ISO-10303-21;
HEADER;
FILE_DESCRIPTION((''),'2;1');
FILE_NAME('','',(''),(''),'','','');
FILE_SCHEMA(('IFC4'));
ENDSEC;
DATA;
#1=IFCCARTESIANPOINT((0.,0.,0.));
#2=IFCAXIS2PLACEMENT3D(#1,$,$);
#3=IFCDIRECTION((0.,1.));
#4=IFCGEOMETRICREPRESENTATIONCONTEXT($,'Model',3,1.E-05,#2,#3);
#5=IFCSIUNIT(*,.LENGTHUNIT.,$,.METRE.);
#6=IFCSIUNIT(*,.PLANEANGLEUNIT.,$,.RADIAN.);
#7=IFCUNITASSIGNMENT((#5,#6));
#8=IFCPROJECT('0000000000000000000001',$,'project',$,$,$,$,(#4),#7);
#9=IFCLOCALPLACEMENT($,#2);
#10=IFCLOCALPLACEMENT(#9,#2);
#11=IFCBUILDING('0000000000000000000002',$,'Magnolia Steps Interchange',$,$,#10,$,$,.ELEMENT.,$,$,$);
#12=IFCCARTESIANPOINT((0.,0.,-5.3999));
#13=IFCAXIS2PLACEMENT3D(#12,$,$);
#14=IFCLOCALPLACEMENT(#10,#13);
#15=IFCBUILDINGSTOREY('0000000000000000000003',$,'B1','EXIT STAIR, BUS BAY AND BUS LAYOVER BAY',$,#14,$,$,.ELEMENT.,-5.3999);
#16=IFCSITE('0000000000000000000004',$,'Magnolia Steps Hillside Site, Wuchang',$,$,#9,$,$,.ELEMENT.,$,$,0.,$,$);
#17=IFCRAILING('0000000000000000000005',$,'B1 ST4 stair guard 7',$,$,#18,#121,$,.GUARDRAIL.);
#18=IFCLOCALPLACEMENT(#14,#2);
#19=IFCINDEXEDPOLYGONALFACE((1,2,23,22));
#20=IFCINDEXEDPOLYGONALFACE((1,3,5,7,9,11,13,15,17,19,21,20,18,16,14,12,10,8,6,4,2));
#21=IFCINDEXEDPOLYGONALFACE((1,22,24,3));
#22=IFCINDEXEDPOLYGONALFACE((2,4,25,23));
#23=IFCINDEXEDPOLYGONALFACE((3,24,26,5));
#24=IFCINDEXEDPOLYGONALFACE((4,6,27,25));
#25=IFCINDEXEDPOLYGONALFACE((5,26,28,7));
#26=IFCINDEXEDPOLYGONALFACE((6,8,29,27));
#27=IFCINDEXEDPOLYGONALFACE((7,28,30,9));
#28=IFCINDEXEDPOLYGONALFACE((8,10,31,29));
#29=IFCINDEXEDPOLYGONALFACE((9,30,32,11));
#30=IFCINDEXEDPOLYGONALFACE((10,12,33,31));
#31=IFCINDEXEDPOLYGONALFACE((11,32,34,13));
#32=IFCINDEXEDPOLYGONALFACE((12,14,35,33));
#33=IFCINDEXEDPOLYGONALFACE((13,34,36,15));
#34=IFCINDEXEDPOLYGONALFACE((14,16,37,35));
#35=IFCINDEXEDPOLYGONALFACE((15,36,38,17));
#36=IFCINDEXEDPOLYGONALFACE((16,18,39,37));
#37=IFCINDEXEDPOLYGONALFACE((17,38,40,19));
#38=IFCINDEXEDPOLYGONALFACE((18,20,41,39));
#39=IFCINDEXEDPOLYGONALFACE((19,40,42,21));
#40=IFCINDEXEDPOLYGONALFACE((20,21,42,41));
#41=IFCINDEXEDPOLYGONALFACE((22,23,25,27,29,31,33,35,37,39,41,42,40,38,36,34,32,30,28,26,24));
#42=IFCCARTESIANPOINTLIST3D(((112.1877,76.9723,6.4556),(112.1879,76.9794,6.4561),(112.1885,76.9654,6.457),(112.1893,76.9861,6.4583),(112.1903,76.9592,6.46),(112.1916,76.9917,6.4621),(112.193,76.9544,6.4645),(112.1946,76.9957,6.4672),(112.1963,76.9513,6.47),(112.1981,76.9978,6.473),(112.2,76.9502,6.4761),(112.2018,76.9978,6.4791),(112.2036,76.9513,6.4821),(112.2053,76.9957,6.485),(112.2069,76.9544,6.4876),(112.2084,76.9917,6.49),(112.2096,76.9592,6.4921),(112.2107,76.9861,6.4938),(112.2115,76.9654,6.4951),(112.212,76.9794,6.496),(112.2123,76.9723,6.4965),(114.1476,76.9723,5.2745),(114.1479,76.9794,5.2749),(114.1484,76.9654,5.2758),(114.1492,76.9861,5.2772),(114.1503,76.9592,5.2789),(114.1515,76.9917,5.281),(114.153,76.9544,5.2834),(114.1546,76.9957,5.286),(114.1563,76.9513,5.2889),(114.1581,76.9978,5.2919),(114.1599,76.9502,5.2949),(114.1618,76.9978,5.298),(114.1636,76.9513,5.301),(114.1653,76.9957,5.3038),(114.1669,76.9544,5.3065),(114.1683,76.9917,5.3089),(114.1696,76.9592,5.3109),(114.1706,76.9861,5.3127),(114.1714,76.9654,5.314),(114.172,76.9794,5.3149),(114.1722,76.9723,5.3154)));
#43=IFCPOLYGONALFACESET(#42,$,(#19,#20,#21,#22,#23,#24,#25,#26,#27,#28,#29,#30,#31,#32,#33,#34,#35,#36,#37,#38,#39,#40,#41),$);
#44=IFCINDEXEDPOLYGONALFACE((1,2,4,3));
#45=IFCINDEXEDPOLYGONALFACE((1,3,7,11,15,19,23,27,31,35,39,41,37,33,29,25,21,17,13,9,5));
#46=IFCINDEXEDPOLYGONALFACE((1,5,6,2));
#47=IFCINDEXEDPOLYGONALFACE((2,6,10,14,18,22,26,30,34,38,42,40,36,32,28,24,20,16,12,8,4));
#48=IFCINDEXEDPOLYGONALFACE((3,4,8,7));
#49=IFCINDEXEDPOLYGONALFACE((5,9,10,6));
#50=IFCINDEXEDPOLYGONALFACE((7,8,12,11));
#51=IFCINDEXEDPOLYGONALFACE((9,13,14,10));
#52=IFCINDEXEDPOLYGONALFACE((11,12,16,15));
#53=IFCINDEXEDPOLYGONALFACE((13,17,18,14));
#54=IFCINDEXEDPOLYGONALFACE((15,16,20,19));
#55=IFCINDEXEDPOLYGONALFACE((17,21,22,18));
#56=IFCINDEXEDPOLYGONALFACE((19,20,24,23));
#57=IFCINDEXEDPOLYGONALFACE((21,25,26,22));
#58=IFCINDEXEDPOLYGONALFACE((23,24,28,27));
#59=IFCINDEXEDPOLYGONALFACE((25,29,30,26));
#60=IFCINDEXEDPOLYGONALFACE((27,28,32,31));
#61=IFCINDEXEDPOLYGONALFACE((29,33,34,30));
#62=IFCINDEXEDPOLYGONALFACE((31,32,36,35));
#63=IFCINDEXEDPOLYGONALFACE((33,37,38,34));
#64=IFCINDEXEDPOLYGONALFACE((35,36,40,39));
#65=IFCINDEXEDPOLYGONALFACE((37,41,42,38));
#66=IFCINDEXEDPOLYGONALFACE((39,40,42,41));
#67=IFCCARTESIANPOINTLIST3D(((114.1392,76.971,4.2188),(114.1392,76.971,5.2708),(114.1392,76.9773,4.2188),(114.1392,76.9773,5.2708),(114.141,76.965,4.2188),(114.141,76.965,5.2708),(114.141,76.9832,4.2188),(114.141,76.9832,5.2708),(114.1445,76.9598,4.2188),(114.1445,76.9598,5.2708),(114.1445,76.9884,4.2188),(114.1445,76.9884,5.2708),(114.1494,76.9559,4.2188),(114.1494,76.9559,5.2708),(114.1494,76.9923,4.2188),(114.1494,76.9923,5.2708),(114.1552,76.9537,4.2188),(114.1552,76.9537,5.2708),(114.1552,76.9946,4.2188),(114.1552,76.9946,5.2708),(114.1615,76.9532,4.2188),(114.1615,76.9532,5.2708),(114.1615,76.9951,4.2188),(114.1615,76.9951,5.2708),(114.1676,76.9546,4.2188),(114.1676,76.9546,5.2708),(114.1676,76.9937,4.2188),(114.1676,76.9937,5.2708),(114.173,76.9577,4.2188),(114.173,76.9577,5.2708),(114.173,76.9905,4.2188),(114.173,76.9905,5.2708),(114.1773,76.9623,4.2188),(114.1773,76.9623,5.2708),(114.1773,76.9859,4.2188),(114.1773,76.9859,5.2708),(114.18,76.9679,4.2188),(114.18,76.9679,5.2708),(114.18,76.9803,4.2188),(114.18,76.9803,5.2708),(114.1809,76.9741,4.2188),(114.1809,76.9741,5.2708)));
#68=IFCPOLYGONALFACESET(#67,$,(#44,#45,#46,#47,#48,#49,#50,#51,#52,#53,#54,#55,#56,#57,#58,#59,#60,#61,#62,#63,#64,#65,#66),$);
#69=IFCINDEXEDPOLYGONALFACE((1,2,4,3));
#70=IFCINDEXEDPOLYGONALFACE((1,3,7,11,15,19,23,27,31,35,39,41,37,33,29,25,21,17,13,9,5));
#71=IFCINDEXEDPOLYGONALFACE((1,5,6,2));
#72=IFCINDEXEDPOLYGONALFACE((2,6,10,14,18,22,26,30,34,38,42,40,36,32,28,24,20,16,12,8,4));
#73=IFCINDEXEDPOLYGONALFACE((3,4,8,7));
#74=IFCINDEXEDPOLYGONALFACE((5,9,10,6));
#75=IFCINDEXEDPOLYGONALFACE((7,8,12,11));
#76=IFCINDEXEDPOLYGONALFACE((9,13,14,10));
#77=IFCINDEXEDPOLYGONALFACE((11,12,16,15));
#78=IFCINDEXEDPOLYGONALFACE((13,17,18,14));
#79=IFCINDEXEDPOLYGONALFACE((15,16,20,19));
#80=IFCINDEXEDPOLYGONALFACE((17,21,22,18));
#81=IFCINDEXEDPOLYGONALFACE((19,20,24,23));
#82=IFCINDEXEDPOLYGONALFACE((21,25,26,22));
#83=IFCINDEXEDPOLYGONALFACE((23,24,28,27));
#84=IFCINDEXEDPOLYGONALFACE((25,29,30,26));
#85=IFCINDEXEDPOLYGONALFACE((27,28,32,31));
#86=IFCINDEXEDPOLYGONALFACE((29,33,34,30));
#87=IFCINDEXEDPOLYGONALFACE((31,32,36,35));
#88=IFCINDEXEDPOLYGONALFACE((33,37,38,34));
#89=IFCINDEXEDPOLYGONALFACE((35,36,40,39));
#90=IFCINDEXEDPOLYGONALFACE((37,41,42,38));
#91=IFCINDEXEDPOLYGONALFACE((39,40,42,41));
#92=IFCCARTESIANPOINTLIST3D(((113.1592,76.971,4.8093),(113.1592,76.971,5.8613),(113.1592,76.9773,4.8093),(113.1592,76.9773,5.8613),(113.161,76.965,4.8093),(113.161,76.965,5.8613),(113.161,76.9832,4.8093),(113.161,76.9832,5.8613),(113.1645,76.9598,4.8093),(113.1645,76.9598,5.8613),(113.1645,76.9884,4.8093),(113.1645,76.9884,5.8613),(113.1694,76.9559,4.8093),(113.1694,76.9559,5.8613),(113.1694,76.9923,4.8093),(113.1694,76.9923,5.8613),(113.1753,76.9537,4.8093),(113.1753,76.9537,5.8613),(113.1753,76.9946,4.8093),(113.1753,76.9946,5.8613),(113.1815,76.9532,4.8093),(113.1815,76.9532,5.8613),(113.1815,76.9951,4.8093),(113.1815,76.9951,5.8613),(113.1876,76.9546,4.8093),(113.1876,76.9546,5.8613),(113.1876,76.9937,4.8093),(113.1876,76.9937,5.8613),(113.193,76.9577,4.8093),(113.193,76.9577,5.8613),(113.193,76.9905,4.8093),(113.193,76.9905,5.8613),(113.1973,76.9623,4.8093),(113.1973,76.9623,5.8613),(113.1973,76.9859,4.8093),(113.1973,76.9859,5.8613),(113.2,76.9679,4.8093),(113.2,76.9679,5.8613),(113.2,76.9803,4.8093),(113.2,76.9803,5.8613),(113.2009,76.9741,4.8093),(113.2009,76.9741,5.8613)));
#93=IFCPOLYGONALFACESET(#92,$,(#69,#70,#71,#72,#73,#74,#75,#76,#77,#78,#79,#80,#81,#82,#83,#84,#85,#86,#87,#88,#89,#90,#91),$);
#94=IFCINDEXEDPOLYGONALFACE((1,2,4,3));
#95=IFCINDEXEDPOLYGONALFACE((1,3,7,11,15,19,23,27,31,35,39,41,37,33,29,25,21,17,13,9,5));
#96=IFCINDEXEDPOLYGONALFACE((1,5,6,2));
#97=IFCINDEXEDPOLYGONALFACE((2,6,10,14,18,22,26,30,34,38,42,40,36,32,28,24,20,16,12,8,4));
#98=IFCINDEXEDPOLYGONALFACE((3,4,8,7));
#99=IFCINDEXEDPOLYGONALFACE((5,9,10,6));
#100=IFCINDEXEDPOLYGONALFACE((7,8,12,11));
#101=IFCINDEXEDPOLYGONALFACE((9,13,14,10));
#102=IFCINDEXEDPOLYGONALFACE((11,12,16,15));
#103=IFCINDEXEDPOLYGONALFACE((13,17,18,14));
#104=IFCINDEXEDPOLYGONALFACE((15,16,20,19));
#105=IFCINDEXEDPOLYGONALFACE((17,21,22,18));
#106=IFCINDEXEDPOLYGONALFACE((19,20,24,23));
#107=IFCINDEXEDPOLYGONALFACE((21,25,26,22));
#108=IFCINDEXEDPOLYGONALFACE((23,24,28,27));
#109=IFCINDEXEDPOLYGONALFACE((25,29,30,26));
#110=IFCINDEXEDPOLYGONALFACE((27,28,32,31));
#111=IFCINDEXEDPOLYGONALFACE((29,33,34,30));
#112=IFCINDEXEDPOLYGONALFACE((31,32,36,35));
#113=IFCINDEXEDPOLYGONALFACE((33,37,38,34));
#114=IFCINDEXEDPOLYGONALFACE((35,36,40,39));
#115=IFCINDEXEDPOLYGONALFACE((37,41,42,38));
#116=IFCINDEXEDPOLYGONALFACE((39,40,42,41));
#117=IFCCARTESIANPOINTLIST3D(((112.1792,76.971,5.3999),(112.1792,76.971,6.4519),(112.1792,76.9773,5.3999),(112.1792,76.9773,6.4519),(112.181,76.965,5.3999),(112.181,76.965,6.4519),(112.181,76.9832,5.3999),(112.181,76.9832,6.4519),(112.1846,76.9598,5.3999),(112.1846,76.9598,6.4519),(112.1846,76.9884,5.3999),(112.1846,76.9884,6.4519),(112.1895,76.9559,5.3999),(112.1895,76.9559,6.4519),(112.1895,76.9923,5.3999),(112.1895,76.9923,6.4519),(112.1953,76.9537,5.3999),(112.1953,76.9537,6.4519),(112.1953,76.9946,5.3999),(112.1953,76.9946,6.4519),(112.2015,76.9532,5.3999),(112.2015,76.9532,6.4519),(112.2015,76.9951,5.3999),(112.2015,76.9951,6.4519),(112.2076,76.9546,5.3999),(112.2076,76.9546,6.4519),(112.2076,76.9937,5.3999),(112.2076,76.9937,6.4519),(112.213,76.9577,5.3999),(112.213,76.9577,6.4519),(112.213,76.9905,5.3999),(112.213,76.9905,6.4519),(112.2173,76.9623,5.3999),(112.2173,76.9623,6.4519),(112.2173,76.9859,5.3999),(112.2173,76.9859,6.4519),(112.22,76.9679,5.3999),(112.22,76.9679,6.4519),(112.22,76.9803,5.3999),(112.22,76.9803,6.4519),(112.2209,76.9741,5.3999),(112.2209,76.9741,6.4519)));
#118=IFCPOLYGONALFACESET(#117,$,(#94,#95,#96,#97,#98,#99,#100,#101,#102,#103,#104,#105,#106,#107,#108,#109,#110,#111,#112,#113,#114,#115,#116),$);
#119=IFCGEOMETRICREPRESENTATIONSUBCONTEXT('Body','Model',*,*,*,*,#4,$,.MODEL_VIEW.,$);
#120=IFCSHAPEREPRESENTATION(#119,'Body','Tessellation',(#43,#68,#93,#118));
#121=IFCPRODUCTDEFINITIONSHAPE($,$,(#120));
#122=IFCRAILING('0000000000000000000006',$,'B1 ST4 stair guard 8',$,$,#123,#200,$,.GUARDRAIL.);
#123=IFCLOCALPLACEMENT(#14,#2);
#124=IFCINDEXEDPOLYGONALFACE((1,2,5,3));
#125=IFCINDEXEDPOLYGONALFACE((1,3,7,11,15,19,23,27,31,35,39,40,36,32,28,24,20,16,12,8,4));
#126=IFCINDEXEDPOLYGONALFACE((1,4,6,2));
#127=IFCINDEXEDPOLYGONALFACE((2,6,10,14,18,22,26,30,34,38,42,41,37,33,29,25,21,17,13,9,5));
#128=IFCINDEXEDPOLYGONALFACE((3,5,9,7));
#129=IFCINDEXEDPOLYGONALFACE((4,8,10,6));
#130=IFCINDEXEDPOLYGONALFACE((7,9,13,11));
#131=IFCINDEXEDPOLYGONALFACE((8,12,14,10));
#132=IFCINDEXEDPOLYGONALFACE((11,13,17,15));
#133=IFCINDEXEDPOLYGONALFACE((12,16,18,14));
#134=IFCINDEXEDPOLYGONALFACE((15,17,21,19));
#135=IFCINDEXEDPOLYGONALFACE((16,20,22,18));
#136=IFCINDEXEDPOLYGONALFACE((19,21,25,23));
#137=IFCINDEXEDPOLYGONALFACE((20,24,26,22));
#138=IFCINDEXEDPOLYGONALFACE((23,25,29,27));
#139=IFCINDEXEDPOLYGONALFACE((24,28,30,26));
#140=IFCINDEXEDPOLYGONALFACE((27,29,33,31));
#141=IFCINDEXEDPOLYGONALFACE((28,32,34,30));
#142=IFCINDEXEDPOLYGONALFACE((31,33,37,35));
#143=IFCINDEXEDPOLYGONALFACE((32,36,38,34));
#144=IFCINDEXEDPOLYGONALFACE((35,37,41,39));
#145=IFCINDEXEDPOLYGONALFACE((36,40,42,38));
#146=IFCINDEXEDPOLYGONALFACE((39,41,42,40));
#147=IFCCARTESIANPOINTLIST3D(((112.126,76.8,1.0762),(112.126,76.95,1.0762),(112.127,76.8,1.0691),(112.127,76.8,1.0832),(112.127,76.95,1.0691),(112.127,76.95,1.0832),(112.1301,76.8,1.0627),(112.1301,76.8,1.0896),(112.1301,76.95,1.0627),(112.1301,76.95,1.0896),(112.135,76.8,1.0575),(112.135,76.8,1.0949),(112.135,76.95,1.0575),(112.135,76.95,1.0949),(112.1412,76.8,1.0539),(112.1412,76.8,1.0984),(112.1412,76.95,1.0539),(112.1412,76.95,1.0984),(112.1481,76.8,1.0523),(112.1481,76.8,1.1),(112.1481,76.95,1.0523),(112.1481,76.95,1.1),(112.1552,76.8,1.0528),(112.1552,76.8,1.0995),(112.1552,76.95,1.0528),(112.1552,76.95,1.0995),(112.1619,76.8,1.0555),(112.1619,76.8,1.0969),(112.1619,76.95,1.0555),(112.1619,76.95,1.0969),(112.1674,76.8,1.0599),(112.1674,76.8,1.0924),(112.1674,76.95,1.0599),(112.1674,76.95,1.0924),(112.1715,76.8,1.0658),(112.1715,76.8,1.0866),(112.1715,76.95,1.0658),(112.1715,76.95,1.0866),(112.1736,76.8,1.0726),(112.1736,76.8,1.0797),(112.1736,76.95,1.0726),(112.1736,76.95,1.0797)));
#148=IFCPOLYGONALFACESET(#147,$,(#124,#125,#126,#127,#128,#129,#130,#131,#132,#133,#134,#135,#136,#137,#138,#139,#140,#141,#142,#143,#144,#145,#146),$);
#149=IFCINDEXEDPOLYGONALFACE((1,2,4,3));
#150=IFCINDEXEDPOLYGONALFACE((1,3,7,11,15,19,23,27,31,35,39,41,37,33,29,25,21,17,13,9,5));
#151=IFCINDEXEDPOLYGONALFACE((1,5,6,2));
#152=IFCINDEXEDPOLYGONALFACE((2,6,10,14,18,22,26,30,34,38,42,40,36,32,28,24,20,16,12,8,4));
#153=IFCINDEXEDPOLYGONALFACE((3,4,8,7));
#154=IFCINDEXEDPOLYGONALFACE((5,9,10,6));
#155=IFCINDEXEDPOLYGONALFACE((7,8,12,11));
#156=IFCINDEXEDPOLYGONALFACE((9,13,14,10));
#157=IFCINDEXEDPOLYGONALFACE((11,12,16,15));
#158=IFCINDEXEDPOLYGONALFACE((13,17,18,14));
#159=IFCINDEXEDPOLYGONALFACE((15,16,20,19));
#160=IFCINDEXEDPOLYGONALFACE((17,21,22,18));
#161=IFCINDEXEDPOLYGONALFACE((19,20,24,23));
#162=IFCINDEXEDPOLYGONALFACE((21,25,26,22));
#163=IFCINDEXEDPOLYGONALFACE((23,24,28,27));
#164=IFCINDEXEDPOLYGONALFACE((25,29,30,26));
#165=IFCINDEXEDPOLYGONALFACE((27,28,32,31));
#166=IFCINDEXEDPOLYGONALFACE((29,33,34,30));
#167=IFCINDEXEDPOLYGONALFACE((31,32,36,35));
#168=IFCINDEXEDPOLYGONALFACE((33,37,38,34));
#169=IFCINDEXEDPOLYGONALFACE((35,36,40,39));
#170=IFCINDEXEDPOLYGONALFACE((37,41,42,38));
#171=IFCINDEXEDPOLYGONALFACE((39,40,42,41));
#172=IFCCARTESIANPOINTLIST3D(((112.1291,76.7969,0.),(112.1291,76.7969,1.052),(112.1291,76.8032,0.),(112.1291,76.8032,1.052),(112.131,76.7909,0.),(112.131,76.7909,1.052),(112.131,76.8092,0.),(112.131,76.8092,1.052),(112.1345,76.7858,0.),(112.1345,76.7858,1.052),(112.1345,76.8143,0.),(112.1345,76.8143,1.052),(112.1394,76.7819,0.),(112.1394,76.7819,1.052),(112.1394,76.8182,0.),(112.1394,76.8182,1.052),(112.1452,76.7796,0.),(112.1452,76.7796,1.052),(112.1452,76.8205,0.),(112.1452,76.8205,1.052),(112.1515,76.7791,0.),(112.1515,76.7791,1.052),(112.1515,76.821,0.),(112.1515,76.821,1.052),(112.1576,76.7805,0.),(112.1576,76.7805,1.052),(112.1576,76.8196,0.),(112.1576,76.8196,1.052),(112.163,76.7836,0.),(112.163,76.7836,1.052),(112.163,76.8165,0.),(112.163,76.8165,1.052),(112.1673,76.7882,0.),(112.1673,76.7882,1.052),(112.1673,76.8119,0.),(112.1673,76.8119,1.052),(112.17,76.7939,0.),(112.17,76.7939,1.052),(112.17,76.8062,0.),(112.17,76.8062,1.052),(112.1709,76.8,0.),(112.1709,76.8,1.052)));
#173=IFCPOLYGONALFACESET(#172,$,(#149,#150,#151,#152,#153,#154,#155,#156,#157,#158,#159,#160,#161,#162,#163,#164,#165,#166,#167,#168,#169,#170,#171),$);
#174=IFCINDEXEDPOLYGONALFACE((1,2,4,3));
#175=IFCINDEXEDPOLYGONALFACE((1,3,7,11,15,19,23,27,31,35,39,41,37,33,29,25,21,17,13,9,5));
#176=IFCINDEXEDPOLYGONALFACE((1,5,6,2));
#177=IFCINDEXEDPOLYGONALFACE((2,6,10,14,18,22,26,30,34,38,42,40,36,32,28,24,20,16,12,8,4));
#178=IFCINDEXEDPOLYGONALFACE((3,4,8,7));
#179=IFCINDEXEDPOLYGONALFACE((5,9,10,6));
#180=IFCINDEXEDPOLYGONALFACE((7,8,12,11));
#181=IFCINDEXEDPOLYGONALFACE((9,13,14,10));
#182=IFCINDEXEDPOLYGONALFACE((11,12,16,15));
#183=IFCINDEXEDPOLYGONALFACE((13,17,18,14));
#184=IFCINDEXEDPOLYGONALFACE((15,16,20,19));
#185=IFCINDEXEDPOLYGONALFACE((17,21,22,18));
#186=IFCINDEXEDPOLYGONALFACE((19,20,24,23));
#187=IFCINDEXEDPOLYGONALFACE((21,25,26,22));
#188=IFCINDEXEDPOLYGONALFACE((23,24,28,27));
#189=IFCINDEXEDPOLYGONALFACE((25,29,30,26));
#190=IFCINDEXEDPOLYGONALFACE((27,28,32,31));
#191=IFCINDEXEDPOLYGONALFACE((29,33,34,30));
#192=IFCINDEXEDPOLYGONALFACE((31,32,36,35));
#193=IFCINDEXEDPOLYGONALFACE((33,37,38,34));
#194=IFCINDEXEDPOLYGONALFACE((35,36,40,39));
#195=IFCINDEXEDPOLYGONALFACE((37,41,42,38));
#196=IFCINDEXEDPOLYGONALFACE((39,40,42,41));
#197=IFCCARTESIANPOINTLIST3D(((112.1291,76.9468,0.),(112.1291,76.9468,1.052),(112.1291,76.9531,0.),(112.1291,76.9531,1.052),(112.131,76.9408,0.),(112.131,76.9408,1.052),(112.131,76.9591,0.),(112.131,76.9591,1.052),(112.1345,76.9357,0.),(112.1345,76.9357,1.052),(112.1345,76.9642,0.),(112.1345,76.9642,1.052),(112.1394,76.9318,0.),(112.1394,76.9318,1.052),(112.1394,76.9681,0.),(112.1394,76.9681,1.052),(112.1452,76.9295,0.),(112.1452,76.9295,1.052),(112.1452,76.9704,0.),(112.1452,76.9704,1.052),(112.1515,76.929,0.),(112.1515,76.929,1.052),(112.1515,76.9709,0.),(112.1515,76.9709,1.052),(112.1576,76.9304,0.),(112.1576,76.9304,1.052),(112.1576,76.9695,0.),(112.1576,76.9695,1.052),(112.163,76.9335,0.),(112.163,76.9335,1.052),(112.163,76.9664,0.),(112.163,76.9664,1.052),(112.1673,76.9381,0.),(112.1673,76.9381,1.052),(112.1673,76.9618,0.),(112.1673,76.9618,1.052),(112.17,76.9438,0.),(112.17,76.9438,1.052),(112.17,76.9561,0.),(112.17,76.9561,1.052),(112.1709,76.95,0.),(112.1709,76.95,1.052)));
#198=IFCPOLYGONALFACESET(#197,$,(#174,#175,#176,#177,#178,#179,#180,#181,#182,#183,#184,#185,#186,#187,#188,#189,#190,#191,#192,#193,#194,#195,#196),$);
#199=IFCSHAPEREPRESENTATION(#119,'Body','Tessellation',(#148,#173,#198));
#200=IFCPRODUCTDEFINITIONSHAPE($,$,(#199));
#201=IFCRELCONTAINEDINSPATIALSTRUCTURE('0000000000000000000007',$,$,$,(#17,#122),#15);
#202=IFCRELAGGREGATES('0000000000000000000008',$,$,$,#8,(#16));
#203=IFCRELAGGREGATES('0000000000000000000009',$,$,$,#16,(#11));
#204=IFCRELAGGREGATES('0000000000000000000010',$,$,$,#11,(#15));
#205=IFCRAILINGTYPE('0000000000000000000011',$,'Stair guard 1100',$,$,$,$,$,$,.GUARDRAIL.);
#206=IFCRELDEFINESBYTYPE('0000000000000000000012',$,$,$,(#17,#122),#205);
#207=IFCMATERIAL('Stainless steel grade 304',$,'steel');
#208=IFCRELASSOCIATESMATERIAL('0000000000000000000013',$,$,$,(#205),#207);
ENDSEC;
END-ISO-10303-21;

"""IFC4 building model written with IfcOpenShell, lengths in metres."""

from ifc_helpers import new_model, si_unit, direction, frame, origin, origin_2d, place, context, subcontext, project, spatial, circle, extrude, material, type_object, element, save


model = new_model("IFC4")

# Units and contexts
model_context = context("Model", 3, precision=1e-05, world=origin(), true_north=direction((0.0, 1.0)))
body_context = subcontext(model_context, "Body", "Model", "MODEL_VIEW")
ifc_project = project(units=[si_unit("LENGTHUNIT", "METRE"), si_unit("PLANEANGLEUNIT", "RADIAN")], contexts=[model_context])

# Site, building, storey
site_placement = place(None, origin())
site = spatial("IfcSite", under=ifc_project, at=site_placement, Name="Magnolia Steps Hillside Site, Wuchang", CompositionType="ELEMENT", RefElevation=0.0)
building_placement = place(site_placement, origin())
building = spatial("IfcBuilding", under=site, at=building_placement, Name="Magnolia Steps Interchange", CompositionType="ELEMENT")
storey_placement = place(building_placement, frame((0.0, 0.0, -5.3999)))
storey = spatial("IfcBuildingStorey", under=building, at=storey_placement, Name="B1", Description="EXIT STAIR, BUS BAY AND BUS LAYOVER BAY", CompositionType="ELEMENT", Elevation=-5.3999)

# Railings
ifc_material_1 = material(Name="Stainless steel grade 304", Category="steel")
railing_type_1 = type_object("IfcRailingType", Name="Stair guard 1100", PredefinedType="GUARDRAIL", material=ifc_material_1)
railing_1_placement = place(storey_placement, frame((114.1599, 76.9741, 4.2188)))
element("IfcRailing", 1, at=railing_1_placement, inside=storey, type_object=railing_type_1, Name="B1 ST4 stair guard 7", PredefinedType="GUARDRAIL", context=body_context, shape_type="SweptSolid", body=[
    extrude(circle(Radius=0.0239, at=origin_2d()), frame((0.0, 0.0, 1.0762), z_axis=(-0.856493, 0.0, 0.516158), x_axis=(0.0, -1.0, 0.0)), (0.0, 0.0, 1.0), 2.2883),
    extrude(circle(Radius=0.021, at=origin_2d()), origin(), (0.0, 0.0, 1.0), 1.052),
    extrude(circle(Radius=0.021, at=origin_2d()), frame((-0.98, 0.0, 0.5906)), (0.0, 0.0, 1.0), 1.052),
    extrude(circle(Radius=0.021, at=origin_2d()), frame((-1.96, 0.0, 1.1812)), (0.0, 0.0, 1.0), 1.052),
])
railing_2_placement = place(storey_placement, frame((112.1499, 76.8, 0.0)))
element("IfcRailing", 2, at=railing_2_placement, inside=storey, type_object=railing_type_1, Name="B1 ST4 stair guard 8", PredefinedType="GUARDRAIL", context=body_context, shape_type="SweptSolid", body=[
    extrude(circle(Radius=0.0239, at=origin_2d()), frame((0.0, 0.0, 1.0762), z_axis=(0.0, 1.0, 0.0), x_axis=(-1.0, 0.0, 0.0)), (0.0, 0.0, 1.0), 0.1499),
    extrude(circle(Radius=0.021, at=origin_2d()), origin(), (0.0, 0.0, 1.0), 1.052),
    extrude(circle(Radius=0.021, at=origin_2d()), frame((0.0, 0.1499, 0.0)), (0.0, 0.0, 1.0), 1.052),
])

save(model, "model.ifc")
